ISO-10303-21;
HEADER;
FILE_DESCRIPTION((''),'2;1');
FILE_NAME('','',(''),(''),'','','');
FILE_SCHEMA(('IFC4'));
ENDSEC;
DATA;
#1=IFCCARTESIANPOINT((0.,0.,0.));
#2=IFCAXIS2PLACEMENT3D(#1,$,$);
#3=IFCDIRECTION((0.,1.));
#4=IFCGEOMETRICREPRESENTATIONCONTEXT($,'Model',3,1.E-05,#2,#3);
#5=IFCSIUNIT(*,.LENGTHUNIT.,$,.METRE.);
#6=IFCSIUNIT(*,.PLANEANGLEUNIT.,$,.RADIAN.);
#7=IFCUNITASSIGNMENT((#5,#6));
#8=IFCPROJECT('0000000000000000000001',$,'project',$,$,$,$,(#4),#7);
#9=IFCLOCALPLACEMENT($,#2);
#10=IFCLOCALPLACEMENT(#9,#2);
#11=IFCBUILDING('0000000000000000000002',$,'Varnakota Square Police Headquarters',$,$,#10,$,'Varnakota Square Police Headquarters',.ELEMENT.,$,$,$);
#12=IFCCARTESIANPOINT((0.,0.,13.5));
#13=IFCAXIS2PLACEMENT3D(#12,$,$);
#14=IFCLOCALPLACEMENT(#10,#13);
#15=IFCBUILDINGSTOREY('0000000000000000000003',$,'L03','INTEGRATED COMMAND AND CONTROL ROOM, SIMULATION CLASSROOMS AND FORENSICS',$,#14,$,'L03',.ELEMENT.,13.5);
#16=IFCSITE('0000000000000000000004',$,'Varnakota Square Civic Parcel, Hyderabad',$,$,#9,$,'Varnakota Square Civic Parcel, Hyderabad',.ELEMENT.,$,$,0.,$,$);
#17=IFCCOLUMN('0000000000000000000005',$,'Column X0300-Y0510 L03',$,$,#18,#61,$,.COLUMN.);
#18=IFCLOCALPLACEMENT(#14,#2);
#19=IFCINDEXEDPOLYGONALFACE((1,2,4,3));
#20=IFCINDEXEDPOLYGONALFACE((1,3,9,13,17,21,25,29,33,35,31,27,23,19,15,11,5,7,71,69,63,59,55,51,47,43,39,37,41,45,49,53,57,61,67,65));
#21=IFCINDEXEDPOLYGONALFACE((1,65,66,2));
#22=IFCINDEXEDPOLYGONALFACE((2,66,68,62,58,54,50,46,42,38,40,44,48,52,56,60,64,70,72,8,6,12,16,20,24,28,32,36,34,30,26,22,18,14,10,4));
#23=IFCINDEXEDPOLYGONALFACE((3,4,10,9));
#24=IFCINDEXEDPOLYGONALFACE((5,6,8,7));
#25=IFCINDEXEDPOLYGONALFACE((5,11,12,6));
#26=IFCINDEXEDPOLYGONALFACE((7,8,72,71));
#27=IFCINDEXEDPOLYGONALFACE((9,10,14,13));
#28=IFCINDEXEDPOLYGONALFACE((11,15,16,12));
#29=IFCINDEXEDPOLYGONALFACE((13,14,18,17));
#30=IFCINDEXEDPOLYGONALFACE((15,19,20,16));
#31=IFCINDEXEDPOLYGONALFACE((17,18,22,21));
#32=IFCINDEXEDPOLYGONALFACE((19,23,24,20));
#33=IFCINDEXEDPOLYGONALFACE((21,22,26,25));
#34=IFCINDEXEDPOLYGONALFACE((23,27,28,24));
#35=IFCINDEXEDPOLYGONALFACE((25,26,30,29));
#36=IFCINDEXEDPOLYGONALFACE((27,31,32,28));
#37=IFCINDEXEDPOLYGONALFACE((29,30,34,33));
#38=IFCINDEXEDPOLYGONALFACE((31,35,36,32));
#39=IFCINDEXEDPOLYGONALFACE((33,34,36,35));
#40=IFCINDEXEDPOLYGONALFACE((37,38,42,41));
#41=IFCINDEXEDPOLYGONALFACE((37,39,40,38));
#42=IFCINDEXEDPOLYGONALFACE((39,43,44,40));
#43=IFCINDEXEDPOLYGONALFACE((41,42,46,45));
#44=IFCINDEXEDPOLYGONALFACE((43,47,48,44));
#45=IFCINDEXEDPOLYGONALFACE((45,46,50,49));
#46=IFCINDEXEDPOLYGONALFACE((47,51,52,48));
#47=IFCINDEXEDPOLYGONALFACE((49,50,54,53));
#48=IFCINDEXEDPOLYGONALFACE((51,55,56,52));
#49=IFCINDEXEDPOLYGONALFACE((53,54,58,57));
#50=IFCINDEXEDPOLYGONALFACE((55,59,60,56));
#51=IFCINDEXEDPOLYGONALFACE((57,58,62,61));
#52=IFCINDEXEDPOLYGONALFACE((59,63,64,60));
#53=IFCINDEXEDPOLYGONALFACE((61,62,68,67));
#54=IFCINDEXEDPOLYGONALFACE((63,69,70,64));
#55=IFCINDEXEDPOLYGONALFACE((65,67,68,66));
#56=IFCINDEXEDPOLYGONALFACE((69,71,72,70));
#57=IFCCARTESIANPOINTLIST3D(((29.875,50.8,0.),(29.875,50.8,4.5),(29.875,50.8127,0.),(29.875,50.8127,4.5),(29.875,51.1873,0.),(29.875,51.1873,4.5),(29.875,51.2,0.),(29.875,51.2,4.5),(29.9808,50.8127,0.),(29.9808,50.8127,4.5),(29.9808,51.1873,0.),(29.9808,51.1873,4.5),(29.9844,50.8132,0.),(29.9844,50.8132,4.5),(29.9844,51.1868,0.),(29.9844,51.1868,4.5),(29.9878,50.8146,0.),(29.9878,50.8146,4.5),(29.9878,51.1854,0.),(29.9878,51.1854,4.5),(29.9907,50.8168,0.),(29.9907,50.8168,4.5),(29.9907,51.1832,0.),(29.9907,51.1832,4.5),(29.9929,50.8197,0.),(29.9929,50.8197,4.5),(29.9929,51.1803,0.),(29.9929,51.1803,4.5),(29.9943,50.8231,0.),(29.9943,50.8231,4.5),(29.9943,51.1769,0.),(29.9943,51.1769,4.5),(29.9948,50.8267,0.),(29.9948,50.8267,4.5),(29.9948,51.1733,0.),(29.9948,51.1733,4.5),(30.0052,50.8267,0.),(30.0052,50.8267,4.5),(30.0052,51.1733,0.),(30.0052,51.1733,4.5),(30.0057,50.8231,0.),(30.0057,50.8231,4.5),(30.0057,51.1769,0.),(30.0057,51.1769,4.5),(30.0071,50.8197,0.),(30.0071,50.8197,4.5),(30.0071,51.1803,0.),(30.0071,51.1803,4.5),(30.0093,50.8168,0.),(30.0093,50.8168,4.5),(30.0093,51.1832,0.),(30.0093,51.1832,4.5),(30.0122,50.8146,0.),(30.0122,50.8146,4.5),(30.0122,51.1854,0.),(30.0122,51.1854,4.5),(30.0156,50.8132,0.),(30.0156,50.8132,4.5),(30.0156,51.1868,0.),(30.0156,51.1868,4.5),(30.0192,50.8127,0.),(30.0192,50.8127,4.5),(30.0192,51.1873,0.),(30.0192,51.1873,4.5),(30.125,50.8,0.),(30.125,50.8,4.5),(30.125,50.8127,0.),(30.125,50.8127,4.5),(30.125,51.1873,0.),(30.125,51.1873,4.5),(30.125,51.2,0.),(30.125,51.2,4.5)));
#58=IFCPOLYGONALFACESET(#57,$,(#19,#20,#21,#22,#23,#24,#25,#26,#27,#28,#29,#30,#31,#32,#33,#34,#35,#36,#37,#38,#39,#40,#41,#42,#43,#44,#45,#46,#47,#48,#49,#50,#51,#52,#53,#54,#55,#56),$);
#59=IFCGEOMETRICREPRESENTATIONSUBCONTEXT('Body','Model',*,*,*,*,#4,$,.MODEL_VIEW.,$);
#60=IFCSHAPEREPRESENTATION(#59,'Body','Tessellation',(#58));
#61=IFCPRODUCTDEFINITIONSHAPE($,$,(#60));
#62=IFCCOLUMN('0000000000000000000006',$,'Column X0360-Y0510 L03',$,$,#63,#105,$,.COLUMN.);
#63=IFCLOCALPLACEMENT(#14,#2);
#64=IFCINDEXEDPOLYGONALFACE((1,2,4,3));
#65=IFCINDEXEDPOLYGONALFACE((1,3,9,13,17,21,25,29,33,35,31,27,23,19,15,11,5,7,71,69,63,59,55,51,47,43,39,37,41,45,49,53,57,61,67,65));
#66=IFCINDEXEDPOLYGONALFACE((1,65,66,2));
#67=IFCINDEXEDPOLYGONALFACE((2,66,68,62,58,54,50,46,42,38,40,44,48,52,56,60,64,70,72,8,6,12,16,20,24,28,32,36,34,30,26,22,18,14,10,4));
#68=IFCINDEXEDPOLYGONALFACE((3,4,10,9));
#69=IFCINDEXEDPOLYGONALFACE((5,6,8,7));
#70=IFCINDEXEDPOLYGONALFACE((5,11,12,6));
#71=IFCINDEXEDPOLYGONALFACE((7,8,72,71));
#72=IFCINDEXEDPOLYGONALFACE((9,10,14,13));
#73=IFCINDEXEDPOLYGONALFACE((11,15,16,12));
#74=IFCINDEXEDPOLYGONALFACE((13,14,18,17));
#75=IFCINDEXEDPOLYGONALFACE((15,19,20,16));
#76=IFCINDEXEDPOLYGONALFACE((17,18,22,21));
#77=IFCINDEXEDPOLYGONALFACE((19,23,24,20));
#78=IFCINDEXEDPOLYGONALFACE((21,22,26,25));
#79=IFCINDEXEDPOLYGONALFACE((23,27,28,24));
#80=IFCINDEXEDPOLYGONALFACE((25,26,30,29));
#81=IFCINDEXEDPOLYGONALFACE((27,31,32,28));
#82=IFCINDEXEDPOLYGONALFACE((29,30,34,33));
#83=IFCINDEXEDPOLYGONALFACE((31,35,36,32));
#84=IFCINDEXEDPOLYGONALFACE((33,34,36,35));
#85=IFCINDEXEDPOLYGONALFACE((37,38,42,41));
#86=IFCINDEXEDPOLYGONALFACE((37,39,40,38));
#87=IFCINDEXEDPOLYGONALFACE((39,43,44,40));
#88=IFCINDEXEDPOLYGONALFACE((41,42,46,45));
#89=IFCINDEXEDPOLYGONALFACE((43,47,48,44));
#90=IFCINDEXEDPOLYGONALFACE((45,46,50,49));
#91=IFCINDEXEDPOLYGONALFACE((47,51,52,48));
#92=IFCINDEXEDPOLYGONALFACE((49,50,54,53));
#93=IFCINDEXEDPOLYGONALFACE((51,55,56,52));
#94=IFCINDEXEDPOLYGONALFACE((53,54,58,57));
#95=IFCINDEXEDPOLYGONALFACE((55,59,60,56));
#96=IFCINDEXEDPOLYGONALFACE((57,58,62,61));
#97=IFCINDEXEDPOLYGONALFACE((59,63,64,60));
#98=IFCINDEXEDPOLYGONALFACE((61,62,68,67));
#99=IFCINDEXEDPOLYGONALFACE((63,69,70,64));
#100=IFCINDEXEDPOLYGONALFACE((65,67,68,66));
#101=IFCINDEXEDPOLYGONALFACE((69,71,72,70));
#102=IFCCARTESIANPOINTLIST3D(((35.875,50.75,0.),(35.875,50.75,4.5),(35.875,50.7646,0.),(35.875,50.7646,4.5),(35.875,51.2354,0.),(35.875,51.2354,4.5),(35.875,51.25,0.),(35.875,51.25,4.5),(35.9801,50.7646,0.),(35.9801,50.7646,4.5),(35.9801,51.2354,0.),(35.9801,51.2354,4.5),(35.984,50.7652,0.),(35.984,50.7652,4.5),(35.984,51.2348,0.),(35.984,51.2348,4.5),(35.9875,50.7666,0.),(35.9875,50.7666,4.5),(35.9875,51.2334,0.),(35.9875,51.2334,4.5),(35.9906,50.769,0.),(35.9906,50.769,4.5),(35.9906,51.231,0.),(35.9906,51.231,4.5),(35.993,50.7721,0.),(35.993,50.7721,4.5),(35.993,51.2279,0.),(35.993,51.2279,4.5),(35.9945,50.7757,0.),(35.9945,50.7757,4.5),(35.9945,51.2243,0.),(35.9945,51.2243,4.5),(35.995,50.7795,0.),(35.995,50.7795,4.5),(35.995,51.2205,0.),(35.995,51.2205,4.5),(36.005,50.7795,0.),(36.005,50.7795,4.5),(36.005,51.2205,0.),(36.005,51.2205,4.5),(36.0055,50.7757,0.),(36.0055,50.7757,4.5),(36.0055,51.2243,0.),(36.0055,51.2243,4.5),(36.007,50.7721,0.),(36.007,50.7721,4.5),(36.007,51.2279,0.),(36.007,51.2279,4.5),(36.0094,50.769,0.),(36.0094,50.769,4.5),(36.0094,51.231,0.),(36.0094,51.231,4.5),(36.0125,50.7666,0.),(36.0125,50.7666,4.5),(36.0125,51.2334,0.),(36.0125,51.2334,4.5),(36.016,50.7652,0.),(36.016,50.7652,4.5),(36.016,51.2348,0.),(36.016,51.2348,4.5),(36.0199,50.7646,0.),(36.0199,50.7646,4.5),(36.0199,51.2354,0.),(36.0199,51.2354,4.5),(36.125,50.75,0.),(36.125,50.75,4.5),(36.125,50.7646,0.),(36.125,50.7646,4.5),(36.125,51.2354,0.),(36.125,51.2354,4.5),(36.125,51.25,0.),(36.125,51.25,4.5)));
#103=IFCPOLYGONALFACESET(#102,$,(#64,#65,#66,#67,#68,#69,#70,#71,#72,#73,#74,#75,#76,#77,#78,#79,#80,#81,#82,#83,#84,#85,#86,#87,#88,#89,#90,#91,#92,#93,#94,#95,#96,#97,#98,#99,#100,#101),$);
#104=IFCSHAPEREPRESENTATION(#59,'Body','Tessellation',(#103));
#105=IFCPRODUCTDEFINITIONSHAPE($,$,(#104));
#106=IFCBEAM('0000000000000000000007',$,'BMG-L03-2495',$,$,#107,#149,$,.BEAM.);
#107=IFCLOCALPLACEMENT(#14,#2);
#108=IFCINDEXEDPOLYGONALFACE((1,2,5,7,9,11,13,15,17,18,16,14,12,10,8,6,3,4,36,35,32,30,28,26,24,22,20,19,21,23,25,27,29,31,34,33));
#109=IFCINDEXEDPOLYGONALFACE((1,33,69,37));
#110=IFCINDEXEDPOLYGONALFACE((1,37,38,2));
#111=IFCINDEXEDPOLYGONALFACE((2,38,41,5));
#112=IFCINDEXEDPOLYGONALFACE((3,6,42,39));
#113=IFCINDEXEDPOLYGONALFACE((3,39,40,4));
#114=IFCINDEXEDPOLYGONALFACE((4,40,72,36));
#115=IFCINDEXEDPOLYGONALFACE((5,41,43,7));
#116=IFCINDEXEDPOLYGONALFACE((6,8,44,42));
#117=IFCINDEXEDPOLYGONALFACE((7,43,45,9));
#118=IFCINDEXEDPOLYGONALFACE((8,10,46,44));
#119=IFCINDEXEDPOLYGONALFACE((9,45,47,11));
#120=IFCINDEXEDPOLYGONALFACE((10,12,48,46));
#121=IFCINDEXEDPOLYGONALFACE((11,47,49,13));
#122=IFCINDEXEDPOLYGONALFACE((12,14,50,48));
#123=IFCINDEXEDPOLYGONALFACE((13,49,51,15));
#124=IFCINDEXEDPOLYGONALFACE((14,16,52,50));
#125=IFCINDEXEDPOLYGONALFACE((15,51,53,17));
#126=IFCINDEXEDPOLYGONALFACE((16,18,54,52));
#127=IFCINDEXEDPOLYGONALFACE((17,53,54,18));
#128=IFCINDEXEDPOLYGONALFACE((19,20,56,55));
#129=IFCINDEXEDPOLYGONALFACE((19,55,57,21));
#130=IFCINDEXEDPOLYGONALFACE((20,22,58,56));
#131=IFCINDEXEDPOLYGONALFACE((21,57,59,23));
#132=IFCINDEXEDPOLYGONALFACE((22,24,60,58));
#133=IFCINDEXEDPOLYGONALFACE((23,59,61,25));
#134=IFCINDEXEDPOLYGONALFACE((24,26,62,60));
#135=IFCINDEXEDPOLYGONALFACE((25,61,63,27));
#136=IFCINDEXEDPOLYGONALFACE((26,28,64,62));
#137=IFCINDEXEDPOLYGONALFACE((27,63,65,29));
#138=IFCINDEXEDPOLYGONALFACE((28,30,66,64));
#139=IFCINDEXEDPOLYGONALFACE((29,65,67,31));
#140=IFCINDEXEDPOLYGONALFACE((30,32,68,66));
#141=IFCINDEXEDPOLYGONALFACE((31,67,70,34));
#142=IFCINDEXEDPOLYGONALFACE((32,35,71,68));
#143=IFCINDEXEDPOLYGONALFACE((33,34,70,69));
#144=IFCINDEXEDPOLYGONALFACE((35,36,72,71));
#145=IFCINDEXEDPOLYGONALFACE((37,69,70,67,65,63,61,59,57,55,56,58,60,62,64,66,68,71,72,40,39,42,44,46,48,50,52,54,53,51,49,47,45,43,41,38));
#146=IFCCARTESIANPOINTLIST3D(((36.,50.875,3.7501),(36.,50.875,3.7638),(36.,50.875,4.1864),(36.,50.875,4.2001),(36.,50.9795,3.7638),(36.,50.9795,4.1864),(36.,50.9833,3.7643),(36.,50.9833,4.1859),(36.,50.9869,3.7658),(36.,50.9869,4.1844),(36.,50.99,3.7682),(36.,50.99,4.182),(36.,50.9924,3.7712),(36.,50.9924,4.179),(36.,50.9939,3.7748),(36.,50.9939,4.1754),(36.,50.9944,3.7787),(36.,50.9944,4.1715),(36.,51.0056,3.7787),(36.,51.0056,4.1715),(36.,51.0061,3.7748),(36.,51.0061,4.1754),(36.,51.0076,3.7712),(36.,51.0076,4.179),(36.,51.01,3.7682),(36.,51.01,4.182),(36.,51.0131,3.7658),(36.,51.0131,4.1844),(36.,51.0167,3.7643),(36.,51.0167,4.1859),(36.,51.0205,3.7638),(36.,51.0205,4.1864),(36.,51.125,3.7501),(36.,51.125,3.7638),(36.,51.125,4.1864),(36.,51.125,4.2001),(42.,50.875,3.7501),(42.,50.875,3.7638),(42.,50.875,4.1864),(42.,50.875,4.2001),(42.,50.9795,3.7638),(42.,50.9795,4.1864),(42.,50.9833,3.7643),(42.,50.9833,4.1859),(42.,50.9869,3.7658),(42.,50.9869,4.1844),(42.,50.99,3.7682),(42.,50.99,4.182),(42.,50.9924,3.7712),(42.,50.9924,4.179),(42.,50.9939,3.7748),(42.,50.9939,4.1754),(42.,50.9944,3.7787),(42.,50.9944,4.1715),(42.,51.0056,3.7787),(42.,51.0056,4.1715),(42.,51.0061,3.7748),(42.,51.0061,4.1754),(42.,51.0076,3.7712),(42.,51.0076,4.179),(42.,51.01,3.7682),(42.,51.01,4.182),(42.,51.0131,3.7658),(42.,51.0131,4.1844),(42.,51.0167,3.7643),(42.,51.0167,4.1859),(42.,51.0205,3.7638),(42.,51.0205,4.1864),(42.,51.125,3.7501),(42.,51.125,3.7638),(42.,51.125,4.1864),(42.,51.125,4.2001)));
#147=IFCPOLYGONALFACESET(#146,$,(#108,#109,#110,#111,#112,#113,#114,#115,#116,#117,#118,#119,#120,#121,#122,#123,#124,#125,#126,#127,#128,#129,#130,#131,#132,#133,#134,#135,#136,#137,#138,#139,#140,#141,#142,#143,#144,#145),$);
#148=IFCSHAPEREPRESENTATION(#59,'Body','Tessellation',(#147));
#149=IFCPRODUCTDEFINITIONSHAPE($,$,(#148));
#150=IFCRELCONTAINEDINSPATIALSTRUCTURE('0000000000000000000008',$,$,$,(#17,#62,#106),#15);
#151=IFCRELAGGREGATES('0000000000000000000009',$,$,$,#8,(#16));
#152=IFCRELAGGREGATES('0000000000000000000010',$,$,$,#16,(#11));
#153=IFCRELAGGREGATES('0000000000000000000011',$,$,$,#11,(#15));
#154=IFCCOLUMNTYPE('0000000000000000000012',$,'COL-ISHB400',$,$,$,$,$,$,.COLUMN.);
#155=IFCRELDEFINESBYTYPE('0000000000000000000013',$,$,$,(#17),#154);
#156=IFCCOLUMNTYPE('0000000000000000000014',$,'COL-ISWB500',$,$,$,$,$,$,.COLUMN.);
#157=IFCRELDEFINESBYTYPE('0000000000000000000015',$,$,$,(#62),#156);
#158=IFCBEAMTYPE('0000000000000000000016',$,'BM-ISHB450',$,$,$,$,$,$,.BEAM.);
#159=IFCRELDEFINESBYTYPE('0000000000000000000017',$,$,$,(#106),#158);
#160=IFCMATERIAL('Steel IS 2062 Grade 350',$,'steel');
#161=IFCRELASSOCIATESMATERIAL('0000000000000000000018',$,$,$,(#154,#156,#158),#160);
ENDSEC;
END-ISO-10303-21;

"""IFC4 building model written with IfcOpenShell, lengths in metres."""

from ifc_helpers import new_model, si_unit, direction, frame, origin, origin_2d, place, context, subcontext, project, spatial, i_section, extrude, material, material_profile, profile_set, type_object, element, save


model = new_model("IFC4")

# Units and contexts
model_context = context("Model", 3, precision=1e-05, world=origin(), true_north=direction((0.0, 1.0)))
body_context = subcontext(model_context, "Body", "Model", "MODEL_VIEW")
ifc_project = project(units=[si_unit("LENGTHUNIT", "METRE"), si_unit("PLANEANGLEUNIT", "RADIAN")], contexts=[model_context])

# Site, building, storey
site_placement = place(None, origin())
site = spatial("IfcSite", under=ifc_project, at=site_placement, Name="Varnakota Square Civic Parcel, Hyderabad", LongName="Varnakota Square Civic Parcel, Hyderabad", CompositionType="ELEMENT", RefElevation=0.0)
building_placement = place(site_placement, origin())
building = spatial("IfcBuilding", under=site, at=building_placement, Name="Varnakota Square Police Headquarters", LongName="Varnakota Square Police Headquarters", CompositionType="ELEMENT")
storey_placement = place(building_placement, frame((0.0, 0.0, 13.5)))
storey = spatial("IfcBuildingStorey", under=building, at=storey_placement, Name="L03", Description="INTEGRATED COMMAND AND CONTROL ROOM, SIMULATION CLASSROOMS AND FORENSICS", LongName="L03", CompositionType="ELEMENT", Elevation=13.5)

# Columns
ifc_material_1 = material(Name="Steel IS 2062 Grade 350", Category="steel")
ifc_material_profile_1 = material_profile(ifc_material_1, i_section(OverallWidth=0.25, OverallDepth=0.3999, WebThickness=0.0105, FlangeThickness=0.0127, FilletRadius=0.0139, at=origin_2d()), Name="ISHB 400")
ifc_profile_set_1 = profile_set([ifc_material_profile_1], Name="Steel IS 2062 Grade 350")
column_type_1 = type_object("IfcColumnType", Name="COL-ISHB400", PredefinedType="COLUMN", material=ifc_profile_set_1)
column_1_placement = place(storey_placement, frame((30.0, 51.0, 0.0), z_axis=(0.0, 0.0, 1.0), x_axis=(1.0, 0.0, 0.0)))
element("IfcColumn", 1, at=column_1_placement, inside=storey, type_object=column_type_1, Name="Column X0300-Y0510 L03", PredefinedType="COLUMN", context=body_context, shape_type="SweptSolid", body=[
    extrude(i_section(OverallWidth=0.25, OverallDepth=0.3999, WebThickness=0.0105, FlangeThickness=0.0127, FilletRadius=0.0139, at=origin_2d()), origin(), (0.0, 0.0, 1.0), 4.5),
])
ifc_material_profile_2 = material_profile(ifc_material_1, i_section(OverallWidth=0.25, OverallDepth=0.5, WebThickness=0.01, FlangeThickness=0.0146, FilletRadius=0.0149, at=origin_2d()), Name="ISWB 500")
ifc_profile_set_2 = profile_set([ifc_material_profile_2], Name="Steel IS 2062 Grade 350")
column_type_2 = type_object("IfcColumnType", Name="COL-ISWB500", PredefinedType="COLUMN", material=ifc_profile_set_2)
column_2_placement = place(storey_placement, frame((36.0, 51.0, 0.0), z_axis=(0.0, 0.0, 1.0), x_axis=(1.0, 0.0, 0.0)))
element("IfcColumn", 2, at=column_2_placement, inside=storey, type_object=column_type_2, Name="Column X0360-Y0510 L03", PredefinedType="COLUMN", context=body_context, shape_type="SweptSolid", body=[
    extrude(i_section(OverallWidth=0.25, OverallDepth=0.5, WebThickness=0.01, FlangeThickness=0.0146, FilletRadius=0.0149, at=origin_2d()), origin(), (0.0, 0.0, 1.0), 4.5),
])

# Beam
ifc_material_profile_3 = material_profile(ifc_material_1, i_section(OverallWidth=0.25, OverallDepth=0.45, WebThickness=0.0112, FlangeThickness=0.0137, FilletRadius=0.0149, at=origin_2d()), Name="ISHB 450")
ifc_profile_set_3 = profile_set([ifc_material_profile_3], Name="Steel IS 2062 Grade 350")
beam_type_1 = type_object("IfcBeamType", Name="BM-ISHB450", PredefinedType="BEAM", material=ifc_profile_set_3)
beam_1_placement = place(storey_placement, frame((36.0, 51.0, 3.9751), z_axis=(1.0, 0.0, 0.0), x_axis=(0.0, 1.0, 0.0)))
element("IfcBeam", 3, at=beam_1_placement, inside=storey, type_object=beam_type_1, Name="BMG-L03-2495", PredefinedType="BEAM", context=body_context, shape_type="SweptSolid", body=[
    extrude(i_section(OverallWidth=0.25, OverallDepth=0.45, WebThickness=0.0112, FlangeThickness=0.0137, FilletRadius=0.0149, at=origin_2d()), origin(), (0.0, 0.0, 1.0), 6.0),
])

save(model, "model.ifc")
